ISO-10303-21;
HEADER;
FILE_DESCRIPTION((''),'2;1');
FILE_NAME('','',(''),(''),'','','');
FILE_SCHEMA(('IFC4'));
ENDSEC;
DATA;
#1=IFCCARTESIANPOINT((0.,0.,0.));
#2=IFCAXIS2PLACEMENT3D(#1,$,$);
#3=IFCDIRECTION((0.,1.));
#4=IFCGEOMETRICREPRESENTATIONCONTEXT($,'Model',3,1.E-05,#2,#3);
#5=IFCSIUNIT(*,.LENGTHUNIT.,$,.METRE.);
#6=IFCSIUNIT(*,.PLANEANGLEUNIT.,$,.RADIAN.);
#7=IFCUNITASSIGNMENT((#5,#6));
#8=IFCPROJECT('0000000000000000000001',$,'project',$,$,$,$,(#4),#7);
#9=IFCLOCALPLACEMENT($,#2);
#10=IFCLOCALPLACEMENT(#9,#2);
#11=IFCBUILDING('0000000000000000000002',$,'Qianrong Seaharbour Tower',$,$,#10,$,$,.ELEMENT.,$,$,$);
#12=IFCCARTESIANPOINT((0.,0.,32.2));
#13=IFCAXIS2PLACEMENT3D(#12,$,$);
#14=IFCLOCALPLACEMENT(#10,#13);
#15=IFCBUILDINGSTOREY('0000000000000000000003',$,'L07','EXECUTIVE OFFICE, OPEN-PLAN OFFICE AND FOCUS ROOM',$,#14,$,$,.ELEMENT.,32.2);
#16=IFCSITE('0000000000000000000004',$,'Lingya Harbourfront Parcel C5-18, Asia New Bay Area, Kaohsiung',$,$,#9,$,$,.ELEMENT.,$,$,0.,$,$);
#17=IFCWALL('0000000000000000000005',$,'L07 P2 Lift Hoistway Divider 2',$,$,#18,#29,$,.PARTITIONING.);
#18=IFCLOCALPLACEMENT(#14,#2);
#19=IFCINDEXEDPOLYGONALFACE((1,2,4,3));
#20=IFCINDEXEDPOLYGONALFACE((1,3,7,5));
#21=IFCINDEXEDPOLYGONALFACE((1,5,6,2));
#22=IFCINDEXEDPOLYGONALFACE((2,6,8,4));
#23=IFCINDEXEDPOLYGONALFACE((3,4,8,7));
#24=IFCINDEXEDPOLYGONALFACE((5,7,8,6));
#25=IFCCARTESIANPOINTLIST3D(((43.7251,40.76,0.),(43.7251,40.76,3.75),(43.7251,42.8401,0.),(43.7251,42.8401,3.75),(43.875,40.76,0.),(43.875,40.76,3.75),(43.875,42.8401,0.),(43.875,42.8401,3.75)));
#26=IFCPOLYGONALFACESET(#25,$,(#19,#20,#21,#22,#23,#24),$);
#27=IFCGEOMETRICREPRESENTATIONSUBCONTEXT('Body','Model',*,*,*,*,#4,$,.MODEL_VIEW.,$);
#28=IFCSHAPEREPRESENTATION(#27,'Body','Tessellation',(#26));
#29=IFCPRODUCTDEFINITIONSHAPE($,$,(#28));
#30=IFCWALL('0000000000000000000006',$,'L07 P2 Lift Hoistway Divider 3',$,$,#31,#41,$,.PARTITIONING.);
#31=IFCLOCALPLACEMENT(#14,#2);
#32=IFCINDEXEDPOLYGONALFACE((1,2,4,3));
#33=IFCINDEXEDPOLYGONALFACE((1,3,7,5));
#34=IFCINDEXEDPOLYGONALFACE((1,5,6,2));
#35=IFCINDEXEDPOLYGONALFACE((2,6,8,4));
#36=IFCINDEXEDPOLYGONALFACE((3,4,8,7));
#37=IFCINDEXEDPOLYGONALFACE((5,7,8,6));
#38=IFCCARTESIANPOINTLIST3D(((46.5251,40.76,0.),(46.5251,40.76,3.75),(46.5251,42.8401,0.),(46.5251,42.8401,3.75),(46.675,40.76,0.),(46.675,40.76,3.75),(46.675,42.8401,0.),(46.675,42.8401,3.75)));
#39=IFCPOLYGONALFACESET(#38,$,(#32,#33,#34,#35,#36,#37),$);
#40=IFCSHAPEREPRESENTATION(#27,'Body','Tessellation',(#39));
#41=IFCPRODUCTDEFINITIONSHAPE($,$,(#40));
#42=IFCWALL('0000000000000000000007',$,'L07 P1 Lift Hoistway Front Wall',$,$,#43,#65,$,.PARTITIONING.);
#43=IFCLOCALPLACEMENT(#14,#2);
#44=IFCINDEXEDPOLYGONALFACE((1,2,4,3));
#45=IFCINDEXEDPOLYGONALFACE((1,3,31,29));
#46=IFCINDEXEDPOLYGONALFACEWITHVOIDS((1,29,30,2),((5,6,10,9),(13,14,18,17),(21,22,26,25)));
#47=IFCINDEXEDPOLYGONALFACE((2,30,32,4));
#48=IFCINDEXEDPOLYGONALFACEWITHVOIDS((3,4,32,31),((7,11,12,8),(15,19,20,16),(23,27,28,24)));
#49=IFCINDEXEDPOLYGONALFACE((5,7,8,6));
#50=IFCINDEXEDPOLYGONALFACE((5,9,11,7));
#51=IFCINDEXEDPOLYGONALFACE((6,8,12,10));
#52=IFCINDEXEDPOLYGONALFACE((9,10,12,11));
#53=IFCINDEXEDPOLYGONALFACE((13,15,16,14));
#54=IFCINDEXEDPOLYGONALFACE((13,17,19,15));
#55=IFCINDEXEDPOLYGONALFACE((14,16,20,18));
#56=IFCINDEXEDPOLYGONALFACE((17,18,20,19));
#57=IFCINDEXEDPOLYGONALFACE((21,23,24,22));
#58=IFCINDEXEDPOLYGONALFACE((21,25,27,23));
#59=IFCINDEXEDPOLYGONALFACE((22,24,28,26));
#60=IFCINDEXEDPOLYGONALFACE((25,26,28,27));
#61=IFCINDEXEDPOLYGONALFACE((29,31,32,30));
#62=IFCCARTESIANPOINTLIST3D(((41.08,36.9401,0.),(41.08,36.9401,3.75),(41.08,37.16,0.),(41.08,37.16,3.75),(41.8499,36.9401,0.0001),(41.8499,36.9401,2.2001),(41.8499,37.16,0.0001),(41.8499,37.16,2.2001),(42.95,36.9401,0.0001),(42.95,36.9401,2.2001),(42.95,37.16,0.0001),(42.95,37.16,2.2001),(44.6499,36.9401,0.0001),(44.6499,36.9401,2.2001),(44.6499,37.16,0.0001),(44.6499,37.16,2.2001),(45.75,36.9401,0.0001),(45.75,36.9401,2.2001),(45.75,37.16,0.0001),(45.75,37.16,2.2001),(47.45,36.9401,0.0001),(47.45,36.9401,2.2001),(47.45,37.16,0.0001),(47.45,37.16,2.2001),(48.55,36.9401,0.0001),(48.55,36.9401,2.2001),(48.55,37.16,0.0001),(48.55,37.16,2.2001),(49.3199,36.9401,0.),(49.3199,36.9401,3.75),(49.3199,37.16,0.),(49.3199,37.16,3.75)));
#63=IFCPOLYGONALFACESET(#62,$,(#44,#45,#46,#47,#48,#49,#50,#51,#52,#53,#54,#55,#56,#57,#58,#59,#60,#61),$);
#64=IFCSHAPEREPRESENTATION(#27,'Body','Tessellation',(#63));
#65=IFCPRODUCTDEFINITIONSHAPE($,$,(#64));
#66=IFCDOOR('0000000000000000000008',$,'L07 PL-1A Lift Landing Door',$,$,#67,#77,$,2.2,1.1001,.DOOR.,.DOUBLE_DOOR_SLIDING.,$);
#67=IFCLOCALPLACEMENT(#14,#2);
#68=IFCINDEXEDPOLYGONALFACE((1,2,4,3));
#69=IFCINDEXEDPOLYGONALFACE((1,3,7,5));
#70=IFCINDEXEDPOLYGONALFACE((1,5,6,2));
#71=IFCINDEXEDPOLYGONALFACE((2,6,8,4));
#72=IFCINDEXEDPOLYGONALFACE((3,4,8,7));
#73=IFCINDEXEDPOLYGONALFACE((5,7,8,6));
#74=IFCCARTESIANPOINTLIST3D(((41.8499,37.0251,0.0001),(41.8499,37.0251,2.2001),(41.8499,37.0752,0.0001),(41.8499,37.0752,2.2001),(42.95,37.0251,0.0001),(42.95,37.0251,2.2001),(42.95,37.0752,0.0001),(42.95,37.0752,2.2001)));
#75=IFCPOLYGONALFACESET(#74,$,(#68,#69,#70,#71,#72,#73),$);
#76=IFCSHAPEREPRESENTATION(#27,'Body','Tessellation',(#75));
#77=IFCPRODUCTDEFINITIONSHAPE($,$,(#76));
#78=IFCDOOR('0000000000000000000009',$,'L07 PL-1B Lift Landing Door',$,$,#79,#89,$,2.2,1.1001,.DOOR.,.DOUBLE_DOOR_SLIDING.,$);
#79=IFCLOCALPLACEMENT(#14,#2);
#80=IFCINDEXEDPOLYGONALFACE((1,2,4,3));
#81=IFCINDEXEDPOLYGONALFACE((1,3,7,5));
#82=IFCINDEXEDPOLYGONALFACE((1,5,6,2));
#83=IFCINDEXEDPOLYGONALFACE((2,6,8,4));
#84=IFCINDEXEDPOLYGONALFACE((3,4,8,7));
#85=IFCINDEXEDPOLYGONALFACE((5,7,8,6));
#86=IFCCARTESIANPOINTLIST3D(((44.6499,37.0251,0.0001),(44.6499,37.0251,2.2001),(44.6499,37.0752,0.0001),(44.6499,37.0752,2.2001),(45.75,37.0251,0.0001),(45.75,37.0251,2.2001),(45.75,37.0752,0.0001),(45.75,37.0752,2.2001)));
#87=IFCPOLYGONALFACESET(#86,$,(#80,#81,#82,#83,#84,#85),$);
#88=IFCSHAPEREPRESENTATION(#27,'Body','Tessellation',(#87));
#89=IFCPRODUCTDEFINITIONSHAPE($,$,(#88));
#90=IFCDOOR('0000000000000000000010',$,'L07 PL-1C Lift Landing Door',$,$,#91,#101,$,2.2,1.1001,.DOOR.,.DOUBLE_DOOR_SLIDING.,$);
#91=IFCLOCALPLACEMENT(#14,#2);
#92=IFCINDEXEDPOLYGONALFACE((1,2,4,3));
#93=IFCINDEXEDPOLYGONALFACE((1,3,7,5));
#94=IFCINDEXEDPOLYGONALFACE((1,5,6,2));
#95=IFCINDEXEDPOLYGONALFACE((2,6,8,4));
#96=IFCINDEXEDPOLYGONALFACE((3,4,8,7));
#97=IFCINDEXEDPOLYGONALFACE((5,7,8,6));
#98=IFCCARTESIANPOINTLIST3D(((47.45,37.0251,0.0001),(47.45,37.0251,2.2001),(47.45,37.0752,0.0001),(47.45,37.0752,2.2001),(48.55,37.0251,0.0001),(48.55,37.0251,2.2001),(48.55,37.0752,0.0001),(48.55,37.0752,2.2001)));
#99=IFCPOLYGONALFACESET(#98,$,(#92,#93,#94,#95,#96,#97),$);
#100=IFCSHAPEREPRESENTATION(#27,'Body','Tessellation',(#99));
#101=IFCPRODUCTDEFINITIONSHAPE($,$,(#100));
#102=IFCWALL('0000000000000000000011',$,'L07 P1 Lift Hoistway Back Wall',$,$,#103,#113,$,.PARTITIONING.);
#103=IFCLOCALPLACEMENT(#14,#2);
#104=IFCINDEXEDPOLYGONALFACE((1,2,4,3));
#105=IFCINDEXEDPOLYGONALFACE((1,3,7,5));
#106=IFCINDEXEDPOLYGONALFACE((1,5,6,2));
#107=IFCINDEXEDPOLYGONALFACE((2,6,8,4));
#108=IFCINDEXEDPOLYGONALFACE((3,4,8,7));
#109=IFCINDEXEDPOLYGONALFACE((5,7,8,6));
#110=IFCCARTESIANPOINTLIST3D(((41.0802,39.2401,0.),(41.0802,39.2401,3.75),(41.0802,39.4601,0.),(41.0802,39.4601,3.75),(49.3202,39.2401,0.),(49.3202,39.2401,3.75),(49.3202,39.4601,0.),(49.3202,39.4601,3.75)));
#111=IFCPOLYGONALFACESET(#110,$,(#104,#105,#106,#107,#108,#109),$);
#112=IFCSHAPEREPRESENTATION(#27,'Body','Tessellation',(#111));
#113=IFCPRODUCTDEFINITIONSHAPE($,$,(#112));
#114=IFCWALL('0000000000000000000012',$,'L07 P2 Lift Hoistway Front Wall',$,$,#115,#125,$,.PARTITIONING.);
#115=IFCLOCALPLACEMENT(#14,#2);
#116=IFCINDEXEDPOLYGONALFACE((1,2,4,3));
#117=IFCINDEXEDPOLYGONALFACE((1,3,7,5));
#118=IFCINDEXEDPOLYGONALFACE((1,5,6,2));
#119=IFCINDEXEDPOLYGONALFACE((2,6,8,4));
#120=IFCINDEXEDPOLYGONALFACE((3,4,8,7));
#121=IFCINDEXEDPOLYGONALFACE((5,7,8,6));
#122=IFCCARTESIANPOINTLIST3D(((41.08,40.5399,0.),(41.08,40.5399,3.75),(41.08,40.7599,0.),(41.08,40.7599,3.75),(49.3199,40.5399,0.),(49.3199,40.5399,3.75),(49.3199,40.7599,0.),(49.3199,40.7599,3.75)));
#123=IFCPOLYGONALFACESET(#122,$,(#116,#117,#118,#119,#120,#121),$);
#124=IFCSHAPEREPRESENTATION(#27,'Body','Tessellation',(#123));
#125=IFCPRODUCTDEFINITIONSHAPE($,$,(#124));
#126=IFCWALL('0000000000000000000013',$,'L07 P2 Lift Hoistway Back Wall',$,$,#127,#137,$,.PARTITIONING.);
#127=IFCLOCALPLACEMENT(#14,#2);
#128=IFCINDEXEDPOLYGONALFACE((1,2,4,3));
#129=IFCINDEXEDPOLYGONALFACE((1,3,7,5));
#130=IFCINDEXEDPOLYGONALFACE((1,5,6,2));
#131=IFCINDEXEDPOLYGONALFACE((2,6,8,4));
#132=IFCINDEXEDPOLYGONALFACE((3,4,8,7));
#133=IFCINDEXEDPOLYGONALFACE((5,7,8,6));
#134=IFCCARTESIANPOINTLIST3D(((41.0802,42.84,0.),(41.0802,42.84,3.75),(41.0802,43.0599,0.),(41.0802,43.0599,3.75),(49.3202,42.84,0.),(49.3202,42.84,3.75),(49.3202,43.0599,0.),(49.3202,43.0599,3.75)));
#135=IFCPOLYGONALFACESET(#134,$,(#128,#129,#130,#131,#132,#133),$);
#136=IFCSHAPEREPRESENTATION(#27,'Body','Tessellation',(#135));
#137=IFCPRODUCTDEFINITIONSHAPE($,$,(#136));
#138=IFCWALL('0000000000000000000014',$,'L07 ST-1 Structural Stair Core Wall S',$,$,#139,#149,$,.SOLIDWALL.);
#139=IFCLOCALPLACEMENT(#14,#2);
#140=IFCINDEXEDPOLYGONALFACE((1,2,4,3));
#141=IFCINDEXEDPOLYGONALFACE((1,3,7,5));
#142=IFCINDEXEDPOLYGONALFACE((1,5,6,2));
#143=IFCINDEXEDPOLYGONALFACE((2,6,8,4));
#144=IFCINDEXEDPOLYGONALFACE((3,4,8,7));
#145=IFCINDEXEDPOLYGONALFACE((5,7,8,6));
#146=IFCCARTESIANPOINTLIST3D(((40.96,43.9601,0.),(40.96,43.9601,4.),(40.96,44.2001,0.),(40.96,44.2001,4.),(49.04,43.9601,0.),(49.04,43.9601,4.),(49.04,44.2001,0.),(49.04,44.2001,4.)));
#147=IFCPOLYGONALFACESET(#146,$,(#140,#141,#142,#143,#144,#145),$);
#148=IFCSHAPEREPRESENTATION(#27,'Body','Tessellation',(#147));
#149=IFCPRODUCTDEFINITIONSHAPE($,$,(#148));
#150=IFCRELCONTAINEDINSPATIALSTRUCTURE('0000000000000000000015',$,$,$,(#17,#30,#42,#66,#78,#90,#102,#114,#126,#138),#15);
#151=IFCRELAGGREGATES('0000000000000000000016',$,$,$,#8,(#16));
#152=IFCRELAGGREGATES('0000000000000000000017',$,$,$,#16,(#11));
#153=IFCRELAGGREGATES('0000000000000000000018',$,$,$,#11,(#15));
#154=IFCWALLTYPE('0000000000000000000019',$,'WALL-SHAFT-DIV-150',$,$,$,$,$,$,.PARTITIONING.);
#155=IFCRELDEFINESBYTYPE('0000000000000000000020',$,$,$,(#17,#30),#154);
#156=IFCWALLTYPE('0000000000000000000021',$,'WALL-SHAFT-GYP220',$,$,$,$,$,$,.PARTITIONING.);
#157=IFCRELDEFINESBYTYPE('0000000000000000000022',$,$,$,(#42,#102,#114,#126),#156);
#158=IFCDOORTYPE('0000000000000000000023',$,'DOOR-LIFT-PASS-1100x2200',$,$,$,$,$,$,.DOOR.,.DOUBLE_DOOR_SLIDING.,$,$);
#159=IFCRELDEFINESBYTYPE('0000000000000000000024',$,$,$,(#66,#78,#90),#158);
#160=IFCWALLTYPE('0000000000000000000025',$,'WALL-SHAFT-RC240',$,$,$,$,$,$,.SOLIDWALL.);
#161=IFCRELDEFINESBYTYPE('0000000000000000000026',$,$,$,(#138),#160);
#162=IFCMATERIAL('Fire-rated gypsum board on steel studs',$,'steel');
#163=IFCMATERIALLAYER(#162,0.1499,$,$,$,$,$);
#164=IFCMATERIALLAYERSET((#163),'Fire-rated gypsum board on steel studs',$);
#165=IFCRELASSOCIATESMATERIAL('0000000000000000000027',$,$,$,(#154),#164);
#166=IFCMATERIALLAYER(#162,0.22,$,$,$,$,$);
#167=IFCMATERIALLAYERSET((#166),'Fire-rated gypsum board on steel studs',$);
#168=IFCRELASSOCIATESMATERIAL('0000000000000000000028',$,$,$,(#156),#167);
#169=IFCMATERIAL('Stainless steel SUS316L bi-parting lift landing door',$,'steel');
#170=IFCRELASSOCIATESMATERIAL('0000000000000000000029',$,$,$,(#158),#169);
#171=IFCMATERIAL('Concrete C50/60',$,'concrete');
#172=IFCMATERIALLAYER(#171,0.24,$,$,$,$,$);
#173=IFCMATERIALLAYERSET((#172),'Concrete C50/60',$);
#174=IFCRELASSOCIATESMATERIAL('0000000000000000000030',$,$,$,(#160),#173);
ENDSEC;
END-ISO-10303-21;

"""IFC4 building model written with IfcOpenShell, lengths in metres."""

from ifc_helpers import new_model, si_unit, direction, frame, frame_2d, origin, place, context, subcontext, project, spatial, rectangle, extrude, material, layer, layer_set, type_object, element, fill, save


model = new_model("IFC4")

# Units and contexts
model_context = context("Model", 3, precision=1e-05, world=origin(), true_north=direction((0.0, 1.0)))
body_context = subcontext(model_context, "Body", "Model", "MODEL_VIEW")
ifc_project = project(units=[si_unit("LENGTHUNIT", "METRE"), si_unit("PLANEANGLEUNIT", "RADIAN")], contexts=[model_context])

# Site, building, storey
site_placement = place(None, origin())
site = spatial("IfcSite", under=ifc_project, at=site_placement, Name="Lingya Harbourfront Parcel C5-18, Asia New Bay Area, Kaohsiung", CompositionType="ELEMENT", RefElevation=0.0)
building_placement = place(site_placement, origin())
building = spatial("IfcBuilding", under=site, at=building_placement, Name="Qianrong Seaharbour Tower", CompositionType="ELEMENT")
storey_placement = place(building_placement, frame((0.0, 0.0, 32.2)))
storey = spatial("IfcBuildingStorey", under=building, at=storey_placement, Name="L07", Description="EXECUTIVE OFFICE, OPEN-PLAN OFFICE AND FOCUS ROOM", CompositionType="ELEMENT", Elevation=32.2)

# Walls
ifc_material_1 = material(Name="Fire-rated gypsum board on steel studs", Category="steel")
ifc_layer_1 = layer(ifc_material_1, 0.1499)
ifc_layer_set_1 = layer_set([ifc_layer_1], Name="Fire-rated gypsum board on steel studs")
wall_type_1 = type_object("IfcWallType", Name="WALL-SHAFT-DIV-150", PredefinedType="PARTITIONING", material=ifc_layer_set_1)
for number, where, z_axis, x_axis, name in (
    (1, (43.8, 40.76, 0.0), (0.0, 0.0, 1.0), (0.0, 1.0, 0.0), "L07 P2 Lift Hoistway Divider 2"),
    (2, (46.6001, 40.76, 0.0), (0.0, 0.0, 1.0), (0.0, 1.0, 0.0), "L07 P2 Lift Hoistway Divider 3"),
):
    element("IfcWall", number, at=place(storey_placement, frame(where, z_axis=z_axis, x_axis=x_axis)), inside=storey, type_object=wall_type_1, Name=name, PredefinedType="PARTITIONING", context=body_context, shape_type="SweptSolid", body=[
        extrude(rectangle(XDim=2.0801, YDim=0.1499, at=frame_2d((1.04, 0.0))), origin(), (0.0, 0.0, 1.0), 3.75),
    ])

# Wall, openings, doors
ifc_layer_2 = layer(ifc_material_1, 0.22)
ifc_layer_set_2 = layer_set([ifc_layer_2], Name="Fire-rated gypsum board on steel studs")
wall_type_2 = type_object("IfcWallType", Name="WALL-SHAFT-GYP220", PredefinedType="PARTITIONING", material=ifc_layer_set_2)
wall_1_placement = place(storey_placement, frame((49.3201, 37.05, 0.0), z_axis=(0.0, 0.0, 1.0), x_axis=(-1.0, 0.0, 0.0)))
wall_1 = element("IfcWall", 3, at=wall_1_placement, inside=storey, type_object=wall_type_2, Name="L07 P1 Lift Hoistway Front Wall", PredefinedType="PARTITIONING", context=body_context, shape_type="SweptSolid", body=[
    extrude(rectangle(XDim=8.24, YDim=0.22, at=frame_2d((4.1201, 0.0))), origin(), (0.0, 0.0, 1.0), 3.75),
])
opening_1_placement = place(wall_1_placement, frame((6.3701, 0.0, 0.0)))
opening_1 = element("IfcOpeningElement", 4, at=opening_1_placement, cuts=wall_1, PredefinedType="OPENING", context=body_context, shape_type="SweptSolid", body=[
    extrude(rectangle(XDim=1.1001, YDim=2.2, at=frame_2d((0.55, 1.1001))), frame((0.0, 0.1201, 0.0), z_axis=(0.0, -1.0, 0.0), x_axis=(1.0, 0.0, 0.0)), (0.0, 0.0, 1.0), 0.24),
])
opening_2_placement = place(wall_1_placement, frame((3.5701, 0.0, 0.0)))
opening_2 = element("IfcOpeningElement", 5, at=opening_2_placement, cuts=wall_1, PredefinedType="OPENING", context=body_context, shape_type="SweptSolid", body=[
    extrude(rectangle(XDim=1.1001, YDim=2.2, at=frame_2d((0.55, 1.1001))), frame((0.0, 0.1201, 0.0), z_axis=(0.0, -1.0, 0.0), x_axis=(1.0, 0.0, 0.0)), (0.0, 0.0, 1.0), 0.24),
])
opening_3_placement = place(wall_1_placement, frame((0.77, 0.0, 0.0)))
opening_3 = element("IfcOpeningElement", 6, at=opening_3_placement, cuts=wall_1, PredefinedType="OPENING", context=body_context, shape_type="SweptSolid", body=[
    extrude(rectangle(XDim=1.1001, YDim=2.2, at=frame_2d((0.55, 1.1001))), frame((0.0, 0.1201, 0.0), z_axis=(0.0, -1.0, 0.0), x_axis=(1.0, 0.0, 0.0)), (0.0, 0.0, 1.0), 0.24),
])
ifc_material_2 = material(Name="Stainless steel SUS316L bi-parting lift landing door", Category="steel")
door_type_1 = type_object("IfcDoorType", Name="DOOR-LIFT-PASS-1100x2200", OperationType="DOUBLE_DOOR_SLIDING", PredefinedType="DOOR", material=ifc_material_2)
door_1_placement = place(opening_1_placement, origin())
door_1 = element("IfcDoor", 7, at=door_1_placement, inside=storey, type_object=door_type_1, Name="L07 PL-1A Lift Landing Door", OperationType="DOUBLE_DOOR_SLIDING", OverallHeight=2.2, OverallWidth=1.1001, PredefinedType="DOOR", context=body_context, shape_type="SweptSolid", body=[
    extrude(rectangle(XDim=1.1001, YDim=2.2, at=frame_2d((0.55, 1.1001))), frame((0.0, 0.0249, 0.0), z_axis=(0.0, -1.0, 0.0), x_axis=(1.0, 0.0, 0.0)), (0.0, 0.0, 1.0), 0.05),
])
fill(opening_1, door_1)
door_2_placement = place(opening_2_placement, origin())
door_2 = element("IfcDoor", 8, at=door_2_placement, inside=storey, type_object=door_type_1, Name="L07 PL-1B Lift Landing Door", OperationType="DOUBLE_DOOR_SLIDING", OverallHeight=2.2, OverallWidth=1.1001, PredefinedType="DOOR", context=body_context, shape_type="SweptSolid", body=[
    extrude(rectangle(XDim=1.1001, YDim=2.2, at=frame_2d((0.55, 1.1001))), frame((0.0, 0.0249, 0.0), z_axis=(0.0, -1.0, 0.0), x_axis=(1.0, 0.0, 0.0)), (0.0, 0.0, 1.0), 0.05),
])
fill(opening_2, door_2)
door_3_placement = place(opening_3_placement, origin())
door_3 = element("IfcDoor", 9, at=door_3_placement, inside=storey, type_object=door_type_1, Name="L07 PL-1C Lift Landing Door", OperationType="DOUBLE_DOOR_SLIDING", OverallHeight=2.2, OverallWidth=1.1001, PredefinedType="DOOR", context=body_context, shape_type="SweptSolid", body=[
    extrude(rectangle(XDim=1.1001, YDim=2.2, at=frame_2d((0.55, 1.1001))), frame((0.0, 0.0249, 0.0), z_axis=(0.0, -1.0, 0.0), x_axis=(1.0, 0.0, 0.0)), (0.0, 0.0, 1.0), 0.05),
])
fill(opening_3, door_3)

# Walls
for number, where, z_axis, x_axis, name in (
    (10, (41.0801, 39.3501, 0.0), (0.0, 0.0, 1.0), (1.0, 0.0, 0.0), "L07 P1 Lift Hoistway Back Wall"),
    (11, (49.3201, 40.6499, 0.0), (0.0, 0.0, 1.0), (-1.0, 0.0, 0.0), "L07 P2 Lift Hoistway Front Wall"),
    (12, (41.0801, 42.95, 0.0), (0.0, 0.0, 1.0), (1.0, 0.0, 0.0), "L07 P2 Lift Hoistway Back Wall"),
):
    element("IfcWall", number, at=place(storey_placement, frame(where, z_axis=z_axis, x_axis=x_axis)), inside=storey, type_object=wall_type_2, Name=name, PredefinedType="PARTITIONING", context=body_context, shape_type="SweptSolid", body=[
        extrude(rectangle(XDim=8.24, YDim=0.22, at=frame_2d((4.1201, 0.0))), origin(), (0.0, 0.0, 1.0), 3.75),
    ])
ifc_material_3 = material(Name="Concrete C50/60", Category="concrete")
ifc_layer_3 = layer(ifc_material_3, 0.24)
ifc_layer_set_3 = layer_set([ifc_layer_3], Name="Concrete C50/60")
wall_type_3 = type_object("IfcWallType", Name="WALL-SHAFT-RC240", PredefinedType="SOLIDWALL", material=ifc_layer_set_3)
wall_2_placement = place(storey_placement, frame((49.04, 44.0801, 0.0), z_axis=(0.0, 0.0, 1.0), x_axis=(-1.0, 0.0, 0.0)))
element("IfcWall", 13, at=wall_2_placement, inside=storey, type_object=wall_type_3, Name="L07 ST-1 Structural Stair Core Wall S", PredefinedType="SOLIDWALL", context=body_context, shape_type="SweptSolid", body=[
    extrude(rectangle(XDim=8.0801, YDim=0.24, at=frame_2d((4.04, 0.0))), origin(), (0.0, 0.0, 1.0), 4.0),
])

save(model, "model.ifc")
